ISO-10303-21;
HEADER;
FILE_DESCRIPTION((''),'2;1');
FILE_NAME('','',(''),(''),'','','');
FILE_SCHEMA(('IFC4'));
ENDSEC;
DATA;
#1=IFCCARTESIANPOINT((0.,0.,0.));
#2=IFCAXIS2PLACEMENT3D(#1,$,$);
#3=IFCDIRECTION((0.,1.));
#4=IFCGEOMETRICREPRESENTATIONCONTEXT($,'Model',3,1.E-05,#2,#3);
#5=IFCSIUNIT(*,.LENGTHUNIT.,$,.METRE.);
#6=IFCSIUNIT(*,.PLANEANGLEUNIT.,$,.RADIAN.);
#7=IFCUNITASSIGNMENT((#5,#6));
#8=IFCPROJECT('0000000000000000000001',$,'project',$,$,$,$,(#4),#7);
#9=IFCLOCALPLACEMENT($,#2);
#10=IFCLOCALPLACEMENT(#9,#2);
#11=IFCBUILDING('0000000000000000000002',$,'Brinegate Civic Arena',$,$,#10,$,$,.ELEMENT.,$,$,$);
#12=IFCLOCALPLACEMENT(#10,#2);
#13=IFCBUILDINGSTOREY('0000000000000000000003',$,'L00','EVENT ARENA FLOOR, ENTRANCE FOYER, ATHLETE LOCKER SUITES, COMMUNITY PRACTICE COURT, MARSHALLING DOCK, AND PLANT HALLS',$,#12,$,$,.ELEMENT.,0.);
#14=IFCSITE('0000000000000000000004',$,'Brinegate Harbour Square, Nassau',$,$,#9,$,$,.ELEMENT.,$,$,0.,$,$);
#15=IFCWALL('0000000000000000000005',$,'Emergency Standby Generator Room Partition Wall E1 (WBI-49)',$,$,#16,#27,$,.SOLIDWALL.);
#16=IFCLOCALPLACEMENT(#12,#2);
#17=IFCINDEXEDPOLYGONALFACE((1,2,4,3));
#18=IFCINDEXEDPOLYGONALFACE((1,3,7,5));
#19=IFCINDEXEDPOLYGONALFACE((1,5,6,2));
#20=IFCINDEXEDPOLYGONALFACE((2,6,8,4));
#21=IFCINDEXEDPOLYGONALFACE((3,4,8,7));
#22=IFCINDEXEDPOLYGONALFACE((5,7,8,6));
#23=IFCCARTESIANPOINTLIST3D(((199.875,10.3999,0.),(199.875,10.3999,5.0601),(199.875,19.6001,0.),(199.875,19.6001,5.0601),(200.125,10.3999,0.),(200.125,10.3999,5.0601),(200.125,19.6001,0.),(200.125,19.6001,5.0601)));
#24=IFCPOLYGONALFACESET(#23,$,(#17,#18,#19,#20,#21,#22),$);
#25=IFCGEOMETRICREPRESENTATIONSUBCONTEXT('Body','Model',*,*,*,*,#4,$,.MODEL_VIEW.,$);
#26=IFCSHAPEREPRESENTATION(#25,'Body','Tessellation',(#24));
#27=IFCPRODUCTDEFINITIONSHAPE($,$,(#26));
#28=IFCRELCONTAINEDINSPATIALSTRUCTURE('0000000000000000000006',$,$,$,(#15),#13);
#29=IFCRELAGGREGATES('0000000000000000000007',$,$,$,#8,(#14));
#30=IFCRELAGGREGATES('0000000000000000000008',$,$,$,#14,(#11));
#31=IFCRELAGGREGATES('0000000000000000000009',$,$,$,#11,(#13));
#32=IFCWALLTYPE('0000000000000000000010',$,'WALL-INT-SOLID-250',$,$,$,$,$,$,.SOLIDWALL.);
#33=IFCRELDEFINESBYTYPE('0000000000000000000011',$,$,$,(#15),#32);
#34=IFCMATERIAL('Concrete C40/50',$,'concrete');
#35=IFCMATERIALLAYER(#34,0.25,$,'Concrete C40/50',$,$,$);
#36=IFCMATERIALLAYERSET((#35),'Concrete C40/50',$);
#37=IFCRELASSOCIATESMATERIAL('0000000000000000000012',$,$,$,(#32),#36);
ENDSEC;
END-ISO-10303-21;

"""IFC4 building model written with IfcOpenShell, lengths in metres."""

from ifc_helpers import new_model, si_unit, direction, frame, frame_2d, origin, place, context, subcontext, project, spatial, rectangle, extrude, material, layer, layer_set, type_object, element, save


model = new_model("IFC4")

# Units and contexts
model_context = context("Model", 3, precision=1e-05, world=origin(), true_north=direction((0.0, 1.0)))
body_context = subcontext(model_context, "Body", "Model", "MODEL_VIEW")
ifc_project = project(units=[si_unit("LENGTHUNIT", "METRE"), si_unit("PLANEANGLEUNIT", "RADIAN")], contexts=[model_context])

# Site, building, storey
site_placement = place(None, origin())
site = spatial("IfcSite", under=ifc_project, at=site_placement, Name="Brinegate Harbour Square, Nassau", CompositionType="ELEMENT", RefElevation=0.0)
building_placement = place(site_placement, origin())
building = spatial("IfcBuilding", under=site, at=building_placement, Name="Brinegate Civic Arena", CompositionType="ELEMENT")
storey_placement = place(building_placement, origin())
storey = spatial("IfcBuildingStorey", under=building, at=storey_placement, Name="L00", Description="EVENT ARENA FLOOR, ENTRANCE FOYER, ATHLETE LOCKER SUITES, COMMUNITY PRACTICE COURT, MARSHALLING DOCK, AND PLANT HALLS", CompositionType="ELEMENT", Elevation=0.0)

# Shared definitions
ifc_material_1 = material(Name="Concrete C40/50", Category="concrete")

# Wall
ifc_layer_1 = layer(ifc_material_1, 0.25, Name="Concrete C40/50")
ifc_layer_set_1 = layer_set([ifc_layer_1], Name="Concrete C40/50")
wall_type_1 = type_object("IfcWallType", Name="WALL-INT-SOLID-250", PredefinedType="SOLIDWALL", material=ifc_layer_set_1)
wall_1_placement = place(storey_placement, frame((200.0, 19.6001, 0.0), z_axis=(0.0, 0.0, 1.0), x_axis=(0.0, -1.0, 0.0)))
element("IfcWall", 1, at=wall_1_placement, inside=storey, type_object=wall_type_1, Name="Emergency Standby Generator Room Partition Wall E1 (WBI-49)", PredefinedType="SOLIDWALL", context=body_context, shape_type="SweptSolid", body=[
    extrude(rectangle(XDim=9.2002, YDim=0.25, at=frame_2d((4.6001, 0.0))), origin(), (0.0, 0.0, 1.0), 5.0601),
])

save(model, "model.ifc")
